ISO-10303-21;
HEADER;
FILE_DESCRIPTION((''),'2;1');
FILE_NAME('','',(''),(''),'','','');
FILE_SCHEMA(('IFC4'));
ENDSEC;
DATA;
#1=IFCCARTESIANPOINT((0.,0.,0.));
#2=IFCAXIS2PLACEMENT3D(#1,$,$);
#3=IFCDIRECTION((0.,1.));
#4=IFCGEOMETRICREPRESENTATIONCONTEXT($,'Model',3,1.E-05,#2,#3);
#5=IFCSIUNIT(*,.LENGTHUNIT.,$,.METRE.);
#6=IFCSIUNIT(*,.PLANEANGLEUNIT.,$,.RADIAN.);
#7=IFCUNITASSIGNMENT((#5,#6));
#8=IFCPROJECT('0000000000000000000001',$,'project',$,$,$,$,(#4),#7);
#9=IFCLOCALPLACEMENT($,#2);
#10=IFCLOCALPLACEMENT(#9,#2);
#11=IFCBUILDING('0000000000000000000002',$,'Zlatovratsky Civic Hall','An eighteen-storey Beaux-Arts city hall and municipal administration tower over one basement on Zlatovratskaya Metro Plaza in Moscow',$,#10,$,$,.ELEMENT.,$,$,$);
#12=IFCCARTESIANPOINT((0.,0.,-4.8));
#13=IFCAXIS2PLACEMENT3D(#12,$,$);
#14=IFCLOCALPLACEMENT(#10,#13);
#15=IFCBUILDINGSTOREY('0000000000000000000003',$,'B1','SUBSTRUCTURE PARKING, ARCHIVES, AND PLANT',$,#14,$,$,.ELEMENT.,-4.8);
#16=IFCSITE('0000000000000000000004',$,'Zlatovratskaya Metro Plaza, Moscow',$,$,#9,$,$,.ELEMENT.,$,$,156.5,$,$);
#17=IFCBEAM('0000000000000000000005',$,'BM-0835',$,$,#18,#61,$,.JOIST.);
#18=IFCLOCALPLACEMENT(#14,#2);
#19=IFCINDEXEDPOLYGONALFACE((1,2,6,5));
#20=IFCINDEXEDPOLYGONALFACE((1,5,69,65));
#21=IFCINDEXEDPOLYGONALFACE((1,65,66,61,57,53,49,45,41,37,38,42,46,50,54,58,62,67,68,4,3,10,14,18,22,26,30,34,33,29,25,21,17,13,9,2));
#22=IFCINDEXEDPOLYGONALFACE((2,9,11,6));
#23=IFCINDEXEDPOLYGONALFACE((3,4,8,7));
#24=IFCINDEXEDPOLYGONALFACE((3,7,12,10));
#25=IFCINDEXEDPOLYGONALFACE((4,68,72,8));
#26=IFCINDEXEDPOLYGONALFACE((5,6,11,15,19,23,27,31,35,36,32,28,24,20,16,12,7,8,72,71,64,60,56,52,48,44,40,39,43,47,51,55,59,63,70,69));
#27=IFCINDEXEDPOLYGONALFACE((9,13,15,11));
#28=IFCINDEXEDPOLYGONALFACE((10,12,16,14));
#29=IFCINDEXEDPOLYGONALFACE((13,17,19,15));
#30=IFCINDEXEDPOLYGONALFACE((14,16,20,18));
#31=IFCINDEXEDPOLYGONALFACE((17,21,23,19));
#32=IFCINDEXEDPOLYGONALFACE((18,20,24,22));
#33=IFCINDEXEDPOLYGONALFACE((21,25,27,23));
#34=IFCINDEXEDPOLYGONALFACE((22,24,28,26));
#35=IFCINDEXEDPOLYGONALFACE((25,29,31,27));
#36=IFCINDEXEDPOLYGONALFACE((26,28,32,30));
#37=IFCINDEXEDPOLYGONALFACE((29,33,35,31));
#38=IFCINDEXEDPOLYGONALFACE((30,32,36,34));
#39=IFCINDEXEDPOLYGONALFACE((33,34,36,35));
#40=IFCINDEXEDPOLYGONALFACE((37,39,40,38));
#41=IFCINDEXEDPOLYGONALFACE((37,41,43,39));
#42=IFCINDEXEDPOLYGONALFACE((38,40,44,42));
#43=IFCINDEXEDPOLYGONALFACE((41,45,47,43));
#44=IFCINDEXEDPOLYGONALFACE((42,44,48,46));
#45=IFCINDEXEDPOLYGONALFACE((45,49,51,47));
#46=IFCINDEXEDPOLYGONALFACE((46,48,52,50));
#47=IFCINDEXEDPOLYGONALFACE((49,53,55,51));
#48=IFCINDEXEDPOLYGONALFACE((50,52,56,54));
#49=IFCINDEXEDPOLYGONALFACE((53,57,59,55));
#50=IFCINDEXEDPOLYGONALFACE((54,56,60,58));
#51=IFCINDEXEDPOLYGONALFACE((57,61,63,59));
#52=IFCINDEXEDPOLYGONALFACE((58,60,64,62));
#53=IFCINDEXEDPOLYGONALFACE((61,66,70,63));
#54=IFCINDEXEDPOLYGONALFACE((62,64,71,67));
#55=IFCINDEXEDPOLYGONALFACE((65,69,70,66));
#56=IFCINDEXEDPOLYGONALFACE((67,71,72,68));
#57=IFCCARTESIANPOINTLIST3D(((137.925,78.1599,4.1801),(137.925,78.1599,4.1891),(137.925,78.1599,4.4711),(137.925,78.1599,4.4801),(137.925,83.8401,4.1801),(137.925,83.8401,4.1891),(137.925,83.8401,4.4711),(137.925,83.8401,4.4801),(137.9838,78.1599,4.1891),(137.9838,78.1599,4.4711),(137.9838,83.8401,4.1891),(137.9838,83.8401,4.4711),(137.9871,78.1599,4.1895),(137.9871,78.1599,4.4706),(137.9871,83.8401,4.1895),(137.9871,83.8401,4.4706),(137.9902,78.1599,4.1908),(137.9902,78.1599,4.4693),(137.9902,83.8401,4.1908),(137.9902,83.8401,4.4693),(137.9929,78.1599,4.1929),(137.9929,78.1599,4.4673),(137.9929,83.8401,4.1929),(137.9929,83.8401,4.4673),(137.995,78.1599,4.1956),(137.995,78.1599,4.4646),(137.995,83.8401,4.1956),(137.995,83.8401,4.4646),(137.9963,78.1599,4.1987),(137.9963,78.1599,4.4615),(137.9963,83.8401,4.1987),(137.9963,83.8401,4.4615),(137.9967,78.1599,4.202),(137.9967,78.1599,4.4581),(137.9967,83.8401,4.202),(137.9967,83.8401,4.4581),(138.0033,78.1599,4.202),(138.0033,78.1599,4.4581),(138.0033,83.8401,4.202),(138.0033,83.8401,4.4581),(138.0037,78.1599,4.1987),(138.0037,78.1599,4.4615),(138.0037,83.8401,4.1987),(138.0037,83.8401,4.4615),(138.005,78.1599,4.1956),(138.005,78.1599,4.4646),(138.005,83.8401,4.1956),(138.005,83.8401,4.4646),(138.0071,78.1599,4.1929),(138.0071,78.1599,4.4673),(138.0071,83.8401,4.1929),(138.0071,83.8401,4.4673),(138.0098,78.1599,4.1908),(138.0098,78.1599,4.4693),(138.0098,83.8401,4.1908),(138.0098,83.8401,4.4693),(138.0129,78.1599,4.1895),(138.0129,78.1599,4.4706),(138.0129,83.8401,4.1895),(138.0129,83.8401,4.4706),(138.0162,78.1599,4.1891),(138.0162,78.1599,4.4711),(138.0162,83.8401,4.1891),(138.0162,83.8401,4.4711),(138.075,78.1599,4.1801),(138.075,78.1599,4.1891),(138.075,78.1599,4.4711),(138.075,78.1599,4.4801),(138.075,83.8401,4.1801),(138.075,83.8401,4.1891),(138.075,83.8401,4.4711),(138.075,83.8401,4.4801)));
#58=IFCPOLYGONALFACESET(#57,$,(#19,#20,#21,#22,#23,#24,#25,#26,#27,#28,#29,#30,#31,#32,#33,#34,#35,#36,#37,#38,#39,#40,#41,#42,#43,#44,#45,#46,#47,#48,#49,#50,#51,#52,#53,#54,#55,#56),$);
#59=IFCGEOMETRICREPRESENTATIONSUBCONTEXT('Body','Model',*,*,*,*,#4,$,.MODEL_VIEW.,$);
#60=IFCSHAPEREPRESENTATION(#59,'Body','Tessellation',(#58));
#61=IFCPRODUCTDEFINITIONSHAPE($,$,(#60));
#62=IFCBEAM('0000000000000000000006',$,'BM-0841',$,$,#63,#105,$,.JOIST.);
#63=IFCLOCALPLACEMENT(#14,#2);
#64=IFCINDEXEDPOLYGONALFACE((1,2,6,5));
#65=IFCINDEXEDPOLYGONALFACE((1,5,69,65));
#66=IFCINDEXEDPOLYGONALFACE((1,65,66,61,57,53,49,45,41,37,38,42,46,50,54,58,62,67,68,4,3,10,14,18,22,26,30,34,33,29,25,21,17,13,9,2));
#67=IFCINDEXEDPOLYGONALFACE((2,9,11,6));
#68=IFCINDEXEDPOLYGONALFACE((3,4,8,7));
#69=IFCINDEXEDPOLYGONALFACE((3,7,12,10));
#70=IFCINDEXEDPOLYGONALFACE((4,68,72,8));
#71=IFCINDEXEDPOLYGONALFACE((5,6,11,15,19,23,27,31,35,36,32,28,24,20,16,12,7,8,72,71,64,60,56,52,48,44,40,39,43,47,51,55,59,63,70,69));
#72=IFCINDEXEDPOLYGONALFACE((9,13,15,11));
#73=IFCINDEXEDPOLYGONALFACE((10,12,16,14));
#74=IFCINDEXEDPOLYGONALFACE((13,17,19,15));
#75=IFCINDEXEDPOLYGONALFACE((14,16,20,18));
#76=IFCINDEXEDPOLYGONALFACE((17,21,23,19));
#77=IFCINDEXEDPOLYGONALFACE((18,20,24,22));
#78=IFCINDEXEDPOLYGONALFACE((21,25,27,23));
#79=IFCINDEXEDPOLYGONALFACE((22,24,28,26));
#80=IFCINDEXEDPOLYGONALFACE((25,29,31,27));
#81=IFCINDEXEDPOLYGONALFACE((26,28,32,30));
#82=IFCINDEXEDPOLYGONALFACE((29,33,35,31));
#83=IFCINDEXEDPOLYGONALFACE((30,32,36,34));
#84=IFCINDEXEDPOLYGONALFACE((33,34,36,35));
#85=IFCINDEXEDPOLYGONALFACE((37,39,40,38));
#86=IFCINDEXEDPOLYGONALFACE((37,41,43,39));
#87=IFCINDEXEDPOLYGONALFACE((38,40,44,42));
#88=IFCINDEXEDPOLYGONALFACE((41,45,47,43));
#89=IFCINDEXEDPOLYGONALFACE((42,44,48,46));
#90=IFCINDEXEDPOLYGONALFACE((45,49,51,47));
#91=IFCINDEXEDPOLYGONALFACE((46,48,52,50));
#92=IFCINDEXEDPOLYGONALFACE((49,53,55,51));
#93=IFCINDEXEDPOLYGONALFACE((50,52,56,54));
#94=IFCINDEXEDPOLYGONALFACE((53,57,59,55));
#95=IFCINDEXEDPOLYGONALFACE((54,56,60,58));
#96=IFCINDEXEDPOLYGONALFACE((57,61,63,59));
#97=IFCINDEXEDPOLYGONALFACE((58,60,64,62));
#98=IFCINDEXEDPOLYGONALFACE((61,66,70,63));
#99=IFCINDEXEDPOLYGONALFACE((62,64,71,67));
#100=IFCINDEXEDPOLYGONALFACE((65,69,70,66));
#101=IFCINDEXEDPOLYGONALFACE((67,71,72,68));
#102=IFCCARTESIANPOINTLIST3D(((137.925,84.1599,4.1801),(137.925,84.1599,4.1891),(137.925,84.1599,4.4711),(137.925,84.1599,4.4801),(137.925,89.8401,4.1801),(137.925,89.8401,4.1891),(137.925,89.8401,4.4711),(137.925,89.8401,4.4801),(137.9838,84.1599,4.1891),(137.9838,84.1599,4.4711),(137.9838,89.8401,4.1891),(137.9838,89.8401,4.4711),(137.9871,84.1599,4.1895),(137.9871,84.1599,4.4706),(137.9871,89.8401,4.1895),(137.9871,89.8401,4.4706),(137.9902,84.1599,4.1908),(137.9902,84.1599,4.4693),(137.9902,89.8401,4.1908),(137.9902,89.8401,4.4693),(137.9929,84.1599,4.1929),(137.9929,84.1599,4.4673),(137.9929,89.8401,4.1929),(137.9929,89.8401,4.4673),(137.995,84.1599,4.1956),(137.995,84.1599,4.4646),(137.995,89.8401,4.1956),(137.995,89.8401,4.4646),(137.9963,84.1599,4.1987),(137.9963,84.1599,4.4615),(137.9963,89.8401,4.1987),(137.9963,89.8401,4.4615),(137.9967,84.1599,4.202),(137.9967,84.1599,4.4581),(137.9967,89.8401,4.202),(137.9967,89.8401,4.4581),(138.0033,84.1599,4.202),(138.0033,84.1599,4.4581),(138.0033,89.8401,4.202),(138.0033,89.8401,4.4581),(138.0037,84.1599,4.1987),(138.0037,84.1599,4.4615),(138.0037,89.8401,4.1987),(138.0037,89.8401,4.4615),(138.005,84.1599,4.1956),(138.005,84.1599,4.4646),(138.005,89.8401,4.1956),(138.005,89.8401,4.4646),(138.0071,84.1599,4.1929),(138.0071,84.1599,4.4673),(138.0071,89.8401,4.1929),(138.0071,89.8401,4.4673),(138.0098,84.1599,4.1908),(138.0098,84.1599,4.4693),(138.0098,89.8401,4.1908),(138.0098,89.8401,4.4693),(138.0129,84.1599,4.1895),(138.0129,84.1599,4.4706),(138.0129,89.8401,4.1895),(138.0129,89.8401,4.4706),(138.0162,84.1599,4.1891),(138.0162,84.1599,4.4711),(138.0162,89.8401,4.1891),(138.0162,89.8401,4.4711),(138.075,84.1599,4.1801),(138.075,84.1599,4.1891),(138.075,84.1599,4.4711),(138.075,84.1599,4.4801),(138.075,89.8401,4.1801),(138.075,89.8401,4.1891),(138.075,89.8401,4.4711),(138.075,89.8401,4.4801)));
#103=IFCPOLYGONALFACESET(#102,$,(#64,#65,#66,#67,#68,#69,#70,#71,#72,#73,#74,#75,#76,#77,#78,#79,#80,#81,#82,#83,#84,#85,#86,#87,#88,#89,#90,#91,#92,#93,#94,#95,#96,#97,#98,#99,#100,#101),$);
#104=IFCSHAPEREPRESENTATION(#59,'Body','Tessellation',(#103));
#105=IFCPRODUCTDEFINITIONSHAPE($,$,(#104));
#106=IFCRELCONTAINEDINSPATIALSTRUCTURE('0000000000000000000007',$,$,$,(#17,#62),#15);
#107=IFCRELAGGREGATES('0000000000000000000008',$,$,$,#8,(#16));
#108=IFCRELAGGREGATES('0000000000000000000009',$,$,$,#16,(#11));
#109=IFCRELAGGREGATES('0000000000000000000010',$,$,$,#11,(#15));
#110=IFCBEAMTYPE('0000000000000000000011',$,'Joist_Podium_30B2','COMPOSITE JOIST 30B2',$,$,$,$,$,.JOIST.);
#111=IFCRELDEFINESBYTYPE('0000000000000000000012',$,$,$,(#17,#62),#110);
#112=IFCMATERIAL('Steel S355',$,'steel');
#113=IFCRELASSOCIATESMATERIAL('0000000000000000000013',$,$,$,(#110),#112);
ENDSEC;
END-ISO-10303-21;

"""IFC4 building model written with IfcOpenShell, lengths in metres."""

from ifc_helpers import new_model, si_unit, direction, frame, origin, origin_2d, place, context, subcontext, project, spatial, i_section, extrude, material, material_profile, profile_set, type_object, element, save


model = new_model("IFC4")

# Units and contexts
model_context = context("Model", 3, precision=1e-05, world=origin(), true_north=direction((0.0, 1.0)))
body_context = subcontext(model_context, "Body", "Model", "MODEL_VIEW")
ifc_project = project(units=[si_unit("LENGTHUNIT", "METRE"), si_unit("PLANEANGLEUNIT", "RADIAN")], contexts=[model_context])

# Site, building, storey
site_placement = place(None, origin())
site = spatial("IfcSite", under=ifc_project, at=site_placement, Name="Zlatovratskaya Metro Plaza, Moscow", CompositionType="ELEMENT", RefElevation=156.5)
building_placement = place(site_placement, origin())
building = spatial("IfcBuilding", under=site, at=building_placement, Name="Zlatovratsky Civic Hall", Description="An eighteen-storey Beaux-Arts city hall and municipal administration tower over one basement on Zlatovratskaya Metro Plaza in Moscow", CompositionType="ELEMENT")
storey_placement = place(building_placement, frame((0.0, 0.0, -4.8)))
storey = spatial("IfcBuildingStorey", under=building, at=storey_placement, Name="B1", Description="SUBSTRUCTURE PARKING, ARCHIVES, AND PLANT", CompositionType="ELEMENT", Elevation=-4.8)

# Shared definitions
ifc_material_1 = material(Name="Steel S355", Category="steel")

# Beams
ifc_material_profile_1 = material_profile(ifc_material_1, i_section(OverallWidth=0.1499, OverallDepth=0.3, WebThickness=0.0066, FlangeThickness=0.009, FilletRadius=0.0129, at=origin_2d()), Name="30B2")
ifc_profile_set_1 = profile_set([ifc_material_profile_1], Name="Steel S355")
beam_type_1 = type_object("IfcBeamType", Name="Joist_Podium_30B2", Description="COMPOSITE JOIST 30B2", PredefinedType="JOIST", material=ifc_profile_set_1)
for number, where, z_axis, x_axis, name in (
    (1, (138.0, 78.1599, 4.3301), (0.0, 1.0, 0.0), (-1.0, 0.0, 0.0), "BM-0835"),
    (2, (138.0, 84.1599, 4.3301), (0.0, 1.0, 0.0), (-1.0, 0.0, 0.0), "BM-0841"),
):
    element("IfcBeam", number, at=place(storey_placement, frame(where, z_axis=z_axis, x_axis=x_axis)), inside=storey, type_object=beam_type_1, Name=name, PredefinedType="JOIST", context=body_context, shape_type="SweptSolid", body=[
        extrude(i_section(OverallWidth=0.1499, OverallDepth=0.3, WebThickness=0.0066, FlangeThickness=0.009, FilletRadius=0.0129, at=origin_2d()), origin(), (0.0, 0.0, 1.0), 5.6802),
    ])

save(model, "model.ifc")
